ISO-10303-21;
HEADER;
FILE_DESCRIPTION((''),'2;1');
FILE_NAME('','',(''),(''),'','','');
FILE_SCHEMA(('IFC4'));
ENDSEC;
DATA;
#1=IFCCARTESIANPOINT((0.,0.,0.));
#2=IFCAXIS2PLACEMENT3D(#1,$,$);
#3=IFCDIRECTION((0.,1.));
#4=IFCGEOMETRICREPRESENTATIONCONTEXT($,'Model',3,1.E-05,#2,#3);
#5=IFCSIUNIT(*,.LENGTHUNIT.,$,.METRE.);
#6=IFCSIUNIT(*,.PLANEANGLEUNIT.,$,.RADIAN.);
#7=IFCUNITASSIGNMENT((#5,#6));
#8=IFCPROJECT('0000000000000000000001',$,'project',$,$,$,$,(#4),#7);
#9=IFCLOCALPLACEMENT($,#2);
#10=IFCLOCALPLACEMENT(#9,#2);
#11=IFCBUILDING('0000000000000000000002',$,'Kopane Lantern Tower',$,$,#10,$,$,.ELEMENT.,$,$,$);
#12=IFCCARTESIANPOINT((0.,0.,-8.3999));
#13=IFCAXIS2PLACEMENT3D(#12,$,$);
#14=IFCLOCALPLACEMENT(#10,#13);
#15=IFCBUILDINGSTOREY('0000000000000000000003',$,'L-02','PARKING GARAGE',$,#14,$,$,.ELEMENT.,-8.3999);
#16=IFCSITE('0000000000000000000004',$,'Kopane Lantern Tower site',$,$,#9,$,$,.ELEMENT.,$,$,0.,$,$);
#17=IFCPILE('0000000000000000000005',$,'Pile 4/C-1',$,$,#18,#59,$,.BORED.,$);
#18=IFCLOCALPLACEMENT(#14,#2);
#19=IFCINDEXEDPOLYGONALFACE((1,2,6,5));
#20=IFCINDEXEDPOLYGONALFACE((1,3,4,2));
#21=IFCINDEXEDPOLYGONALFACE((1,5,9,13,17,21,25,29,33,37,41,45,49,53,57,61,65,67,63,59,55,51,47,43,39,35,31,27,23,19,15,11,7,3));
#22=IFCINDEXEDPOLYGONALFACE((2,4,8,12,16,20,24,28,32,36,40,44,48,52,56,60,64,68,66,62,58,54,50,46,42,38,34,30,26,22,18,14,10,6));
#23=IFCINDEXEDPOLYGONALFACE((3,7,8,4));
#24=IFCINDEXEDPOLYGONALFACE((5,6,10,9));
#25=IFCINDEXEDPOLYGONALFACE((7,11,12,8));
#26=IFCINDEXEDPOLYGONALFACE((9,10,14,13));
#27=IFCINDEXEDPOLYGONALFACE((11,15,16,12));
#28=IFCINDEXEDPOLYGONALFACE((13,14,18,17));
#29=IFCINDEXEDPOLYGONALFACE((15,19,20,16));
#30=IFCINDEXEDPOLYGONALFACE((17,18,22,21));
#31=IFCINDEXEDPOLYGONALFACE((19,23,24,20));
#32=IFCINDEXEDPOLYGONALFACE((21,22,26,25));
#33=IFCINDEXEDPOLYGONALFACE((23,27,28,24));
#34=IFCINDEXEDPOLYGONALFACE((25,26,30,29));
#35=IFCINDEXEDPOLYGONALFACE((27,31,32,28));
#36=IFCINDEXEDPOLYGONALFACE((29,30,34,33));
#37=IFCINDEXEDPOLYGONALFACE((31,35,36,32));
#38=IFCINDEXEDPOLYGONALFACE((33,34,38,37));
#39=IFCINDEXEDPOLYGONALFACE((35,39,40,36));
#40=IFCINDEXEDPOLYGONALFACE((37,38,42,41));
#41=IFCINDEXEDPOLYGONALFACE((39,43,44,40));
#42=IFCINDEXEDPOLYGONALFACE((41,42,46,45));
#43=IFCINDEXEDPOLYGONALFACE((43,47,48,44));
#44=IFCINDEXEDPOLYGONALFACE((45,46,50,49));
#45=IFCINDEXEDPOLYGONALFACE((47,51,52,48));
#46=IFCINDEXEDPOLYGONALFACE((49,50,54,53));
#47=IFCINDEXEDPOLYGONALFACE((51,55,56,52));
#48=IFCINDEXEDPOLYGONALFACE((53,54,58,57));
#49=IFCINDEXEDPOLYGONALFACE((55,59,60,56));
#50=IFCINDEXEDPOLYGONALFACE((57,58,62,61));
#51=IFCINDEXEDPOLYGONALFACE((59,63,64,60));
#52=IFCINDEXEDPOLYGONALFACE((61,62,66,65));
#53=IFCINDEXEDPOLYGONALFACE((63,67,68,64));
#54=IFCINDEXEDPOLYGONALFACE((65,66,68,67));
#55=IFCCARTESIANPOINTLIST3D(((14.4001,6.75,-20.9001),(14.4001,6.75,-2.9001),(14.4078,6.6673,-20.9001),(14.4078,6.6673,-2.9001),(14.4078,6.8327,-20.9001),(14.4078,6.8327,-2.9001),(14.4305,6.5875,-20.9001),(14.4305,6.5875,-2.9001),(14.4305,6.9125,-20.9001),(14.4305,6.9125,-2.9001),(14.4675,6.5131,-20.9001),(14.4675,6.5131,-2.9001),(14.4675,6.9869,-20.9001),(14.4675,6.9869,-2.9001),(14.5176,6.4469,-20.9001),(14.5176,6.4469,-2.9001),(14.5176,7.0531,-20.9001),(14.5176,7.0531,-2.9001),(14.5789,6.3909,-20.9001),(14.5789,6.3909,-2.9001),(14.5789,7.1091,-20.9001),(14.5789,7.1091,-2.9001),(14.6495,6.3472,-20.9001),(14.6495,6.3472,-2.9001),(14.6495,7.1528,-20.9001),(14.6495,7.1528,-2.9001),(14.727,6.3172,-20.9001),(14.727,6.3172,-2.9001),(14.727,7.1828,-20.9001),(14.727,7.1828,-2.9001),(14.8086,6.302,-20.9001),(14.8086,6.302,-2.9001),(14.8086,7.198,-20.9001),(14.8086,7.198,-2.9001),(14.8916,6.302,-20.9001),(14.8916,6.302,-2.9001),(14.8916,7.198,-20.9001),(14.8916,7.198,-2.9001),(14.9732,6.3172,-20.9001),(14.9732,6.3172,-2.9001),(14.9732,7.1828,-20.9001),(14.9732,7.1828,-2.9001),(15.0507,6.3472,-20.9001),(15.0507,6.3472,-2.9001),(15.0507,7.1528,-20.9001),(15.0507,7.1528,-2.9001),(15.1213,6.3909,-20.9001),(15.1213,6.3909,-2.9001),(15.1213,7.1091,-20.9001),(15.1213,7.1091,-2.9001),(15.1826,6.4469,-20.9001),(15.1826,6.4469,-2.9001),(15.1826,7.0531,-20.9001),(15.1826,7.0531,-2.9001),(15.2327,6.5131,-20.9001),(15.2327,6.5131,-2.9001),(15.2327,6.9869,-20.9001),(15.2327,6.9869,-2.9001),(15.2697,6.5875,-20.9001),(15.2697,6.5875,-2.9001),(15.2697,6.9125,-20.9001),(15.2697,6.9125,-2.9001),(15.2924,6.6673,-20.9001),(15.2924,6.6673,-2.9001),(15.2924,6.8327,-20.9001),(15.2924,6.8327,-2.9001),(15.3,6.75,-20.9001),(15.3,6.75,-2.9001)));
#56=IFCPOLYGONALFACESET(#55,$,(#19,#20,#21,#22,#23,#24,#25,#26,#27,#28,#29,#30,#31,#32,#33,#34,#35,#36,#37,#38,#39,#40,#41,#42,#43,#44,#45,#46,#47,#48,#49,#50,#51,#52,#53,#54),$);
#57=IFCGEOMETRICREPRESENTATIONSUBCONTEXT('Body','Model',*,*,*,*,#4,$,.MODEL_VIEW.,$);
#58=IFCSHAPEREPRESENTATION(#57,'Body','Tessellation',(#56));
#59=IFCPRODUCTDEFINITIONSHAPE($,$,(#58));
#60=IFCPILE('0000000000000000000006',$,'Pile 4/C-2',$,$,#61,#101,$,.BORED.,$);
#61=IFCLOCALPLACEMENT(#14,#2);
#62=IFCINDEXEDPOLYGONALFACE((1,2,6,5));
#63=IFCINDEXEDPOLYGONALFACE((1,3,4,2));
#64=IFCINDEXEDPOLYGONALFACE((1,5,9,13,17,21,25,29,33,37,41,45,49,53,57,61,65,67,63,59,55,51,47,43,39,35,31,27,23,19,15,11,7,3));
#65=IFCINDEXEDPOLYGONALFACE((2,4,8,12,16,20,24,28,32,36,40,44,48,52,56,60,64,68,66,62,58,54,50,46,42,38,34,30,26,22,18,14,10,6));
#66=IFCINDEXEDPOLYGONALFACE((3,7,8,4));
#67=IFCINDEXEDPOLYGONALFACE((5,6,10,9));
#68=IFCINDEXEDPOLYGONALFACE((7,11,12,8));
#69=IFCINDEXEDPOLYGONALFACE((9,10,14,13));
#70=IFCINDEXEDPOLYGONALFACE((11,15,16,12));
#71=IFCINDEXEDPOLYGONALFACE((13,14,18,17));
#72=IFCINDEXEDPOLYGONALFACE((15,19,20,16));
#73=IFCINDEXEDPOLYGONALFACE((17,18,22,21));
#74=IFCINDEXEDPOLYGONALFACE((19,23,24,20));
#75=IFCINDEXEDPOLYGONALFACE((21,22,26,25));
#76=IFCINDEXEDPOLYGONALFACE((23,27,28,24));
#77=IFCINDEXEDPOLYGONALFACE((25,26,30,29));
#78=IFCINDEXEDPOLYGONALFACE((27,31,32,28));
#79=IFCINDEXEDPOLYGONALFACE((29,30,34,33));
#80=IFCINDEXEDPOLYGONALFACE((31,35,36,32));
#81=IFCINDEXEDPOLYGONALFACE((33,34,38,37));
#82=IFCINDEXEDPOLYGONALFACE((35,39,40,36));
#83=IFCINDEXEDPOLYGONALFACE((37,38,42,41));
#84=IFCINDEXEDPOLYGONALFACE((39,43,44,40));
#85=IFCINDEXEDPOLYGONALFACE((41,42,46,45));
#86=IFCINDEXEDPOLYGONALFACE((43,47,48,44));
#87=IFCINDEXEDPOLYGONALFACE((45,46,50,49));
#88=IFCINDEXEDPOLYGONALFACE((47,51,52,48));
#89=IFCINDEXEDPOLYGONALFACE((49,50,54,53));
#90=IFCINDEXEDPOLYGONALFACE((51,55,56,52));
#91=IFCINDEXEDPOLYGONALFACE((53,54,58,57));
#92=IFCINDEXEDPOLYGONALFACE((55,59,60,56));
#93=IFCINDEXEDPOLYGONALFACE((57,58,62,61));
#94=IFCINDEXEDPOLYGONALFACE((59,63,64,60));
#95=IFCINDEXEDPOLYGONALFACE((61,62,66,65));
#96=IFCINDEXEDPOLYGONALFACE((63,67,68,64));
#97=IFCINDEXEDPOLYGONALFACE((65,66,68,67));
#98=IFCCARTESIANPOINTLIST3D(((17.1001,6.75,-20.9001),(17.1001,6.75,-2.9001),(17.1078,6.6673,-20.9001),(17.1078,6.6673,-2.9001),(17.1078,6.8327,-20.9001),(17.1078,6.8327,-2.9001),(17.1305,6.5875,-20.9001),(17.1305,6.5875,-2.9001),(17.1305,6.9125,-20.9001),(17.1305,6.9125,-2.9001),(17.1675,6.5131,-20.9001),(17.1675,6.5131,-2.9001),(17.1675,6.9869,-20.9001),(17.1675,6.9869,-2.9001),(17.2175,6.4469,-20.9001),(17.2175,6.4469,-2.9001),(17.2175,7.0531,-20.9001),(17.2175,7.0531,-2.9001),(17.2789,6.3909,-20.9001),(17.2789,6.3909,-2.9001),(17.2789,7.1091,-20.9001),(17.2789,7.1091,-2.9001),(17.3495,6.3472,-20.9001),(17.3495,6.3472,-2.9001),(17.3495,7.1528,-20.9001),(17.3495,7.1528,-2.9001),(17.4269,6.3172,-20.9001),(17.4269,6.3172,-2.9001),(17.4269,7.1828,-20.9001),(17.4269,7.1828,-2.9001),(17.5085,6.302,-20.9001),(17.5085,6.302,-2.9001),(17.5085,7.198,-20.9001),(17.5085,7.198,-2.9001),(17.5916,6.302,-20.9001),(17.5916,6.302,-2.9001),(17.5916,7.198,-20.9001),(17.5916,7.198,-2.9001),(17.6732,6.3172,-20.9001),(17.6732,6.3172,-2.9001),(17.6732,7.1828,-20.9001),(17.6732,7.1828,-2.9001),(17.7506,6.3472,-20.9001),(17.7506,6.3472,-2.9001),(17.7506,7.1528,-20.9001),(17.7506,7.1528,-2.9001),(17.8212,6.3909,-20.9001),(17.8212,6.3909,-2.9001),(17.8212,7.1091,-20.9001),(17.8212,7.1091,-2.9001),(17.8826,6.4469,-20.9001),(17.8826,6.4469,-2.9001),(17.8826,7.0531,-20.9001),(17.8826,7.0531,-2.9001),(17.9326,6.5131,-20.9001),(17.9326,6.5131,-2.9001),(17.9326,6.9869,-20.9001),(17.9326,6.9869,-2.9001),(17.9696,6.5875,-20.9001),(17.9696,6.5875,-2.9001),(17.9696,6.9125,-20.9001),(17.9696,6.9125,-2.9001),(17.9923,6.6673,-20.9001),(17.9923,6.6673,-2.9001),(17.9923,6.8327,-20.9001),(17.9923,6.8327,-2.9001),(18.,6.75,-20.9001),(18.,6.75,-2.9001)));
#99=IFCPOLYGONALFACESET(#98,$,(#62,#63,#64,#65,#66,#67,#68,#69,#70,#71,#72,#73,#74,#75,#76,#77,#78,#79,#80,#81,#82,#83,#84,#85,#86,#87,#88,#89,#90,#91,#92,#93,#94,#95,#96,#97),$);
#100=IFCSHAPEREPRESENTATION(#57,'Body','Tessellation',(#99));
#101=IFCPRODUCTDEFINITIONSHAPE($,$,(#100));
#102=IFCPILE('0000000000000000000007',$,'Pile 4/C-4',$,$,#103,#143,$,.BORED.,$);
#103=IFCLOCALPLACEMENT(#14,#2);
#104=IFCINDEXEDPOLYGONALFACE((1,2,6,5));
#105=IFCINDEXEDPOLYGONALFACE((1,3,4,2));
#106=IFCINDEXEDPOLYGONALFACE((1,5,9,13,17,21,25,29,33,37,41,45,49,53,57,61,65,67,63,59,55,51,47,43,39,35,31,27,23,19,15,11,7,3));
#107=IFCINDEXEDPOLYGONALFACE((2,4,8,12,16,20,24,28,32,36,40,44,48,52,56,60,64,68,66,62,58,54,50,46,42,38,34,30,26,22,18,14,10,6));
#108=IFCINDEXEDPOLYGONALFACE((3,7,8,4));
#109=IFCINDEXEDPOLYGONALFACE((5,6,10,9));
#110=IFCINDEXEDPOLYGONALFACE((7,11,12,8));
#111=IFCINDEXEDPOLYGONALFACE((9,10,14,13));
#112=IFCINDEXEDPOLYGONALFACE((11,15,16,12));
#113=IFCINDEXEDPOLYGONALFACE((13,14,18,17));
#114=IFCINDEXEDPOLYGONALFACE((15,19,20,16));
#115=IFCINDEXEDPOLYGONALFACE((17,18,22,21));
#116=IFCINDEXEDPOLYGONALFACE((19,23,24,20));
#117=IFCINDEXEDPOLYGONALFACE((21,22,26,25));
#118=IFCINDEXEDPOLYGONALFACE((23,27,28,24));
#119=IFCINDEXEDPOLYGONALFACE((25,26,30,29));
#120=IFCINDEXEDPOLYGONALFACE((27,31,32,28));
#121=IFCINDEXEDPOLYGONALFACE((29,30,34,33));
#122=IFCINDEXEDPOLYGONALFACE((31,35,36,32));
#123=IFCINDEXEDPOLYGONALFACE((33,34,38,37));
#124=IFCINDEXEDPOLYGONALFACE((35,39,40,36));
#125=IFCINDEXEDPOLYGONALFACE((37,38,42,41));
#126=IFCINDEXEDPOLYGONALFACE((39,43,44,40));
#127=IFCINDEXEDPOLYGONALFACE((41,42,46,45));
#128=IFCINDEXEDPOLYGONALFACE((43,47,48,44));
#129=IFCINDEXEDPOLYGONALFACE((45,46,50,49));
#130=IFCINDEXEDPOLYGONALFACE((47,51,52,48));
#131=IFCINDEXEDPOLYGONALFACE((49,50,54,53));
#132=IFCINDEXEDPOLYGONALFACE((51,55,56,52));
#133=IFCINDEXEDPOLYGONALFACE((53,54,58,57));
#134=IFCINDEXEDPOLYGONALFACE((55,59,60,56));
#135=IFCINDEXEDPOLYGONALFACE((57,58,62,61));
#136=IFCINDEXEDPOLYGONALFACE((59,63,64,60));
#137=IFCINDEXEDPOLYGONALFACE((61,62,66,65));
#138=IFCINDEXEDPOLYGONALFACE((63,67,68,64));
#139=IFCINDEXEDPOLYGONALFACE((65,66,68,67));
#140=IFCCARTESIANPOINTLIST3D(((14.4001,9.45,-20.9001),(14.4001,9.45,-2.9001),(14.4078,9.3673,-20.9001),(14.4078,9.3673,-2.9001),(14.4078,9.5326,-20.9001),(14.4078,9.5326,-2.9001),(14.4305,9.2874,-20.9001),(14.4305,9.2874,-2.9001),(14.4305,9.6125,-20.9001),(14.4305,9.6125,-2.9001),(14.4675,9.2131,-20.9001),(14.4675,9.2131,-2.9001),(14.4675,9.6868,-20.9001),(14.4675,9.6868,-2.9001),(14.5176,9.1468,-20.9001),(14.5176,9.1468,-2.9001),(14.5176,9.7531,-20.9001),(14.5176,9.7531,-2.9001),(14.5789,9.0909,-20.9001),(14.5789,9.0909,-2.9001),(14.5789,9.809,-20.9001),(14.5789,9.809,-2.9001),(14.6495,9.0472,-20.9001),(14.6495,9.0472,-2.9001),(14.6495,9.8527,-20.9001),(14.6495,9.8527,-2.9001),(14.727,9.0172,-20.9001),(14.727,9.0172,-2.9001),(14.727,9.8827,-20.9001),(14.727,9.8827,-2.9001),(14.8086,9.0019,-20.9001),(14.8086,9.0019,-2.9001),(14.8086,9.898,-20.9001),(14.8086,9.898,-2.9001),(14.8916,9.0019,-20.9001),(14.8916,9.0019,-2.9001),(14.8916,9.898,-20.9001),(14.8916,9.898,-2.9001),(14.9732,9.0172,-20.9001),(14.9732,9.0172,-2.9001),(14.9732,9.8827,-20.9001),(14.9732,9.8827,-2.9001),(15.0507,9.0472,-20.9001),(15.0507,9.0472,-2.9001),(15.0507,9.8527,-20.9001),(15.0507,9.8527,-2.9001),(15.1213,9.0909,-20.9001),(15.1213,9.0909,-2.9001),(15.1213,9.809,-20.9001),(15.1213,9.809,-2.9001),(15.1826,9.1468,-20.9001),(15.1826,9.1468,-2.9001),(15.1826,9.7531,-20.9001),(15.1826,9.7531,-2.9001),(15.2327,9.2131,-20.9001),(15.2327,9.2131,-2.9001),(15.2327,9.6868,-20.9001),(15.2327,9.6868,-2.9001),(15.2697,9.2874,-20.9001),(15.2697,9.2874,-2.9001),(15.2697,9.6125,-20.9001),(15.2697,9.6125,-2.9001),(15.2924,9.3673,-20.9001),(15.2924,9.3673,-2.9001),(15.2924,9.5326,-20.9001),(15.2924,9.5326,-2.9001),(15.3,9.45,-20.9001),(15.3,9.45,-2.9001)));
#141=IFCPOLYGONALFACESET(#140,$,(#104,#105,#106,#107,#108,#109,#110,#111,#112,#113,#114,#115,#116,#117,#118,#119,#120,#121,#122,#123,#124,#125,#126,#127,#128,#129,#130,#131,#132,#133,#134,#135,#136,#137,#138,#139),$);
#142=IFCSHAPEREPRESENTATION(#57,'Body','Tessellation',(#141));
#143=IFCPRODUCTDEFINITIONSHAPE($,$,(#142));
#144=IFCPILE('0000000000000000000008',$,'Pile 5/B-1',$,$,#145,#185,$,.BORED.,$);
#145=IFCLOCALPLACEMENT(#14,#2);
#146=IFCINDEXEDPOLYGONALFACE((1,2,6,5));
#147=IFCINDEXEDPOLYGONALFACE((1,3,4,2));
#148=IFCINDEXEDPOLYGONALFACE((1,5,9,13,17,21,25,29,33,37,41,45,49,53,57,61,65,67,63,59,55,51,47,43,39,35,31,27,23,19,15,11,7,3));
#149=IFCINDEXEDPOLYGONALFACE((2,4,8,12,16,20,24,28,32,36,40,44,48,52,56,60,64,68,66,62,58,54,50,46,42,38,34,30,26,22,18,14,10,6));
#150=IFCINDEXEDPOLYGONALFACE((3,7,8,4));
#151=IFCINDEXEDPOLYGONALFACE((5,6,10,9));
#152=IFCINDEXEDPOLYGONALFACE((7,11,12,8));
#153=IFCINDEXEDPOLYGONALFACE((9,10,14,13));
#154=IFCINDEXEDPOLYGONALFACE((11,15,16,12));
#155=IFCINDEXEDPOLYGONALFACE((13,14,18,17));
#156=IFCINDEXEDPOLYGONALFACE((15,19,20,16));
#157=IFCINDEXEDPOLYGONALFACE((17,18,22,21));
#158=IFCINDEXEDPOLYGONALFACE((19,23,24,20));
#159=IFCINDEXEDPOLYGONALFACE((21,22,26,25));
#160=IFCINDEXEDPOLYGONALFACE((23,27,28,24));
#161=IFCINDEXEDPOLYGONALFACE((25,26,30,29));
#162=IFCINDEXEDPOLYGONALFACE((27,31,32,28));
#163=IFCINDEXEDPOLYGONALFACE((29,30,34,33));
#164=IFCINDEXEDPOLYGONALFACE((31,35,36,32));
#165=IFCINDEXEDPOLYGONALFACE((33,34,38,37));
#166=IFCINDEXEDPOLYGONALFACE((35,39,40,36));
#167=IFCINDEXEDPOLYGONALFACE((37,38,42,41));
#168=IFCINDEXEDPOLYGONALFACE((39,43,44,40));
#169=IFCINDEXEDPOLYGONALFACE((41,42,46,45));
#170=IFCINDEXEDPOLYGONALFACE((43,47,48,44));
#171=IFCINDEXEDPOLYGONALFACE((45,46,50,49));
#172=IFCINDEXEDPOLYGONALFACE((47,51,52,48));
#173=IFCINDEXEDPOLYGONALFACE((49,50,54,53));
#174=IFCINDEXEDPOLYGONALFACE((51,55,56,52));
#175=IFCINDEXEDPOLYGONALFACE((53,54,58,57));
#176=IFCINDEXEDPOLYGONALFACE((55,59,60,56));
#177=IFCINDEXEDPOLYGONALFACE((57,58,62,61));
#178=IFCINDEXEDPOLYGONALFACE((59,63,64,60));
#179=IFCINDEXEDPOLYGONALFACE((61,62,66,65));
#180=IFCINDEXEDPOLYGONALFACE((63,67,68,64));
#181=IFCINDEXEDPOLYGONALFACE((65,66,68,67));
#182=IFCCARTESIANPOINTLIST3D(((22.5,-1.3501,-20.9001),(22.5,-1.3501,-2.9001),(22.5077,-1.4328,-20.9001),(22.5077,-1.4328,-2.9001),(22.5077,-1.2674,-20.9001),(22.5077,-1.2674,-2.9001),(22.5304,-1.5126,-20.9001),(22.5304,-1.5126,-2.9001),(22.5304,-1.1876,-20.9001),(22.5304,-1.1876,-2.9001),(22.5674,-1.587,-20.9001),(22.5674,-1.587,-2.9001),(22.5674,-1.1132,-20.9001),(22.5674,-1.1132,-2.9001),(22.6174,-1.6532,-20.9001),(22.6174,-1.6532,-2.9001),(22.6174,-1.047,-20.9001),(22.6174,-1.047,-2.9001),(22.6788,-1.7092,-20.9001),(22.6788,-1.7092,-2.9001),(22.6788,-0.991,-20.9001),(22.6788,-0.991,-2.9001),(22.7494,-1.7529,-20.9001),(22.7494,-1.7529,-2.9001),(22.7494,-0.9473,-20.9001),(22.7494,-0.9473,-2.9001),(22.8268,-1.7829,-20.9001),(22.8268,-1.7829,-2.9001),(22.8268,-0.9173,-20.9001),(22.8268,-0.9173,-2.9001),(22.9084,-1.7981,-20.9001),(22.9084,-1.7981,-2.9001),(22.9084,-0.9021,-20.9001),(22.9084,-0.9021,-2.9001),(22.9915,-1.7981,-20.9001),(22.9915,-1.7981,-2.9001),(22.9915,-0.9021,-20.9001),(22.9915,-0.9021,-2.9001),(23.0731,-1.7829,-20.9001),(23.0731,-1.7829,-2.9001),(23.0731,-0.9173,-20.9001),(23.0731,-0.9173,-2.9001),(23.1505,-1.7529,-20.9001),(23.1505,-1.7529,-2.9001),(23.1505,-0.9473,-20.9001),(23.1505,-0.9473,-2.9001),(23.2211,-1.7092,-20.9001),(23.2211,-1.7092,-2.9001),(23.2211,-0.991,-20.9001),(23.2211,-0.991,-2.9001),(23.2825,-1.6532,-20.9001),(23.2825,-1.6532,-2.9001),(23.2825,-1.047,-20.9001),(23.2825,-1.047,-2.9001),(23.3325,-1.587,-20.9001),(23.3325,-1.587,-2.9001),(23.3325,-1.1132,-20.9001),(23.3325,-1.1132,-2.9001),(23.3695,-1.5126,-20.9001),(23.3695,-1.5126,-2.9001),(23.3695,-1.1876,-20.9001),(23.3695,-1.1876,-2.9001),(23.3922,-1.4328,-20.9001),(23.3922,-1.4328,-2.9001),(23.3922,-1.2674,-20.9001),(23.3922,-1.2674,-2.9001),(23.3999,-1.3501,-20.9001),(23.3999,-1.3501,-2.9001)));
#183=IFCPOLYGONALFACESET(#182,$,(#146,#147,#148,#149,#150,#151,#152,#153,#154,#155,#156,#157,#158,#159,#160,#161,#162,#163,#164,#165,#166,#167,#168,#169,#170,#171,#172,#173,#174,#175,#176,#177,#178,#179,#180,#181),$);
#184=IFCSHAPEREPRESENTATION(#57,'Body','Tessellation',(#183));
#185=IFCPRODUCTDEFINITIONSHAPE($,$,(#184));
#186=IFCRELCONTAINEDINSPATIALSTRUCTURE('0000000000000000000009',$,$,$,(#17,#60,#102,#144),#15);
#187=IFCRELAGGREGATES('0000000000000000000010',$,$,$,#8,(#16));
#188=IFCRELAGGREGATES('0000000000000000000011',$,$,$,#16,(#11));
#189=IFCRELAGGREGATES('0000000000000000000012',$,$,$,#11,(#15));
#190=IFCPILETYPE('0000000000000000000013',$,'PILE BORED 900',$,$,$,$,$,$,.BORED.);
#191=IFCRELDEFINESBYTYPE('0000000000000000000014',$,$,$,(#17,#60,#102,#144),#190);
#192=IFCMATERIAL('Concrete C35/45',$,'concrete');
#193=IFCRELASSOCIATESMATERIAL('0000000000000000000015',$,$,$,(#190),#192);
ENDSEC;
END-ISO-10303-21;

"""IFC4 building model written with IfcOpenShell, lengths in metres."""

from ifc_helpers import new_model, si_unit, direction, frame, origin, origin_2d, place, context, subcontext, project, spatial, circle, extrude, material, material_profile, profile_set, type_object, element, save


model = new_model("IFC4")

# Units and contexts
model_context = context("Model", 3, precision=1e-05, world=origin(), true_north=direction((0.0, 1.0)))
body_context = subcontext(model_context, "Body", "Model", "MODEL_VIEW")
ifc_project = project(units=[si_unit("LENGTHUNIT", "METRE"), si_unit("PLANEANGLEUNIT", "RADIAN")], contexts=[model_context])

# Site, building, storey
site_placement = place(None, origin())
site = spatial("IfcSite", under=ifc_project, at=site_placement, Name="Kopane Lantern Tower site", CompositionType="ELEMENT", RefElevation=0.0)
building_placement = place(site_placement, origin())
building = spatial("IfcBuilding", under=site, at=building_placement, Name="Kopane Lantern Tower", CompositionType="ELEMENT")
storey_placement = place(building_placement, frame((0.0, 0.0, -8.3999)))
storey = spatial("IfcBuildingStorey", under=building, at=storey_placement, Name="L-02", Description="PARKING GARAGE", CompositionType="ELEMENT", Elevation=-8.3999)

# Piles
ifc_material_1 = material(Name="Concrete C35/45", Category="concrete")
ifc_material_profile_1 = material_profile(ifc_material_1, circle(Radius=0.45, at=origin_2d()), Name="D900")
ifc_profile_set_1 = profile_set([ifc_material_profile_1], Name="Concrete C35/45")
pile_type = type_object("IfcPileType", Name="PILE BORED 900", PredefinedType="BORED", material=ifc_profile_set_1)
for number, where, z_axis, x_axis, name in (
    (1, (14.8501, 6.75, -2.9001), (0.0, 0.0, -1.0), (1.0, 0.0, 0.0), "Pile 4/C-1"),
    (2, (17.55, 6.75, -2.9001), (0.0, 0.0, -1.0), (1.0, 0.0, 0.0), "Pile 4/C-2"),
    (3, (14.8501, 9.45, -2.9001), (0.0, 0.0, -1.0), (1.0, 0.0, 0.0), "Pile 4/C-4"),
    (4, (22.95, -1.3501, -2.9001), (0.0, 0.0, -1.0), (1.0, 0.0, 0.0), "Pile 5/B-1"),
):
    element("IfcPile", number, at=place(storey_placement, frame(where, z_axis=z_axis, x_axis=x_axis)), inside=storey, type_object=pile_type, Name=name, PredefinedType="BORED", context=body_context, shape_type="SweptSolid", body=[
        extrude(circle(Radius=0.45, at=origin_2d()), origin(), (0.0, 0.0, 1.0), 18.0),
    ])

save(model, "model.ifc")
